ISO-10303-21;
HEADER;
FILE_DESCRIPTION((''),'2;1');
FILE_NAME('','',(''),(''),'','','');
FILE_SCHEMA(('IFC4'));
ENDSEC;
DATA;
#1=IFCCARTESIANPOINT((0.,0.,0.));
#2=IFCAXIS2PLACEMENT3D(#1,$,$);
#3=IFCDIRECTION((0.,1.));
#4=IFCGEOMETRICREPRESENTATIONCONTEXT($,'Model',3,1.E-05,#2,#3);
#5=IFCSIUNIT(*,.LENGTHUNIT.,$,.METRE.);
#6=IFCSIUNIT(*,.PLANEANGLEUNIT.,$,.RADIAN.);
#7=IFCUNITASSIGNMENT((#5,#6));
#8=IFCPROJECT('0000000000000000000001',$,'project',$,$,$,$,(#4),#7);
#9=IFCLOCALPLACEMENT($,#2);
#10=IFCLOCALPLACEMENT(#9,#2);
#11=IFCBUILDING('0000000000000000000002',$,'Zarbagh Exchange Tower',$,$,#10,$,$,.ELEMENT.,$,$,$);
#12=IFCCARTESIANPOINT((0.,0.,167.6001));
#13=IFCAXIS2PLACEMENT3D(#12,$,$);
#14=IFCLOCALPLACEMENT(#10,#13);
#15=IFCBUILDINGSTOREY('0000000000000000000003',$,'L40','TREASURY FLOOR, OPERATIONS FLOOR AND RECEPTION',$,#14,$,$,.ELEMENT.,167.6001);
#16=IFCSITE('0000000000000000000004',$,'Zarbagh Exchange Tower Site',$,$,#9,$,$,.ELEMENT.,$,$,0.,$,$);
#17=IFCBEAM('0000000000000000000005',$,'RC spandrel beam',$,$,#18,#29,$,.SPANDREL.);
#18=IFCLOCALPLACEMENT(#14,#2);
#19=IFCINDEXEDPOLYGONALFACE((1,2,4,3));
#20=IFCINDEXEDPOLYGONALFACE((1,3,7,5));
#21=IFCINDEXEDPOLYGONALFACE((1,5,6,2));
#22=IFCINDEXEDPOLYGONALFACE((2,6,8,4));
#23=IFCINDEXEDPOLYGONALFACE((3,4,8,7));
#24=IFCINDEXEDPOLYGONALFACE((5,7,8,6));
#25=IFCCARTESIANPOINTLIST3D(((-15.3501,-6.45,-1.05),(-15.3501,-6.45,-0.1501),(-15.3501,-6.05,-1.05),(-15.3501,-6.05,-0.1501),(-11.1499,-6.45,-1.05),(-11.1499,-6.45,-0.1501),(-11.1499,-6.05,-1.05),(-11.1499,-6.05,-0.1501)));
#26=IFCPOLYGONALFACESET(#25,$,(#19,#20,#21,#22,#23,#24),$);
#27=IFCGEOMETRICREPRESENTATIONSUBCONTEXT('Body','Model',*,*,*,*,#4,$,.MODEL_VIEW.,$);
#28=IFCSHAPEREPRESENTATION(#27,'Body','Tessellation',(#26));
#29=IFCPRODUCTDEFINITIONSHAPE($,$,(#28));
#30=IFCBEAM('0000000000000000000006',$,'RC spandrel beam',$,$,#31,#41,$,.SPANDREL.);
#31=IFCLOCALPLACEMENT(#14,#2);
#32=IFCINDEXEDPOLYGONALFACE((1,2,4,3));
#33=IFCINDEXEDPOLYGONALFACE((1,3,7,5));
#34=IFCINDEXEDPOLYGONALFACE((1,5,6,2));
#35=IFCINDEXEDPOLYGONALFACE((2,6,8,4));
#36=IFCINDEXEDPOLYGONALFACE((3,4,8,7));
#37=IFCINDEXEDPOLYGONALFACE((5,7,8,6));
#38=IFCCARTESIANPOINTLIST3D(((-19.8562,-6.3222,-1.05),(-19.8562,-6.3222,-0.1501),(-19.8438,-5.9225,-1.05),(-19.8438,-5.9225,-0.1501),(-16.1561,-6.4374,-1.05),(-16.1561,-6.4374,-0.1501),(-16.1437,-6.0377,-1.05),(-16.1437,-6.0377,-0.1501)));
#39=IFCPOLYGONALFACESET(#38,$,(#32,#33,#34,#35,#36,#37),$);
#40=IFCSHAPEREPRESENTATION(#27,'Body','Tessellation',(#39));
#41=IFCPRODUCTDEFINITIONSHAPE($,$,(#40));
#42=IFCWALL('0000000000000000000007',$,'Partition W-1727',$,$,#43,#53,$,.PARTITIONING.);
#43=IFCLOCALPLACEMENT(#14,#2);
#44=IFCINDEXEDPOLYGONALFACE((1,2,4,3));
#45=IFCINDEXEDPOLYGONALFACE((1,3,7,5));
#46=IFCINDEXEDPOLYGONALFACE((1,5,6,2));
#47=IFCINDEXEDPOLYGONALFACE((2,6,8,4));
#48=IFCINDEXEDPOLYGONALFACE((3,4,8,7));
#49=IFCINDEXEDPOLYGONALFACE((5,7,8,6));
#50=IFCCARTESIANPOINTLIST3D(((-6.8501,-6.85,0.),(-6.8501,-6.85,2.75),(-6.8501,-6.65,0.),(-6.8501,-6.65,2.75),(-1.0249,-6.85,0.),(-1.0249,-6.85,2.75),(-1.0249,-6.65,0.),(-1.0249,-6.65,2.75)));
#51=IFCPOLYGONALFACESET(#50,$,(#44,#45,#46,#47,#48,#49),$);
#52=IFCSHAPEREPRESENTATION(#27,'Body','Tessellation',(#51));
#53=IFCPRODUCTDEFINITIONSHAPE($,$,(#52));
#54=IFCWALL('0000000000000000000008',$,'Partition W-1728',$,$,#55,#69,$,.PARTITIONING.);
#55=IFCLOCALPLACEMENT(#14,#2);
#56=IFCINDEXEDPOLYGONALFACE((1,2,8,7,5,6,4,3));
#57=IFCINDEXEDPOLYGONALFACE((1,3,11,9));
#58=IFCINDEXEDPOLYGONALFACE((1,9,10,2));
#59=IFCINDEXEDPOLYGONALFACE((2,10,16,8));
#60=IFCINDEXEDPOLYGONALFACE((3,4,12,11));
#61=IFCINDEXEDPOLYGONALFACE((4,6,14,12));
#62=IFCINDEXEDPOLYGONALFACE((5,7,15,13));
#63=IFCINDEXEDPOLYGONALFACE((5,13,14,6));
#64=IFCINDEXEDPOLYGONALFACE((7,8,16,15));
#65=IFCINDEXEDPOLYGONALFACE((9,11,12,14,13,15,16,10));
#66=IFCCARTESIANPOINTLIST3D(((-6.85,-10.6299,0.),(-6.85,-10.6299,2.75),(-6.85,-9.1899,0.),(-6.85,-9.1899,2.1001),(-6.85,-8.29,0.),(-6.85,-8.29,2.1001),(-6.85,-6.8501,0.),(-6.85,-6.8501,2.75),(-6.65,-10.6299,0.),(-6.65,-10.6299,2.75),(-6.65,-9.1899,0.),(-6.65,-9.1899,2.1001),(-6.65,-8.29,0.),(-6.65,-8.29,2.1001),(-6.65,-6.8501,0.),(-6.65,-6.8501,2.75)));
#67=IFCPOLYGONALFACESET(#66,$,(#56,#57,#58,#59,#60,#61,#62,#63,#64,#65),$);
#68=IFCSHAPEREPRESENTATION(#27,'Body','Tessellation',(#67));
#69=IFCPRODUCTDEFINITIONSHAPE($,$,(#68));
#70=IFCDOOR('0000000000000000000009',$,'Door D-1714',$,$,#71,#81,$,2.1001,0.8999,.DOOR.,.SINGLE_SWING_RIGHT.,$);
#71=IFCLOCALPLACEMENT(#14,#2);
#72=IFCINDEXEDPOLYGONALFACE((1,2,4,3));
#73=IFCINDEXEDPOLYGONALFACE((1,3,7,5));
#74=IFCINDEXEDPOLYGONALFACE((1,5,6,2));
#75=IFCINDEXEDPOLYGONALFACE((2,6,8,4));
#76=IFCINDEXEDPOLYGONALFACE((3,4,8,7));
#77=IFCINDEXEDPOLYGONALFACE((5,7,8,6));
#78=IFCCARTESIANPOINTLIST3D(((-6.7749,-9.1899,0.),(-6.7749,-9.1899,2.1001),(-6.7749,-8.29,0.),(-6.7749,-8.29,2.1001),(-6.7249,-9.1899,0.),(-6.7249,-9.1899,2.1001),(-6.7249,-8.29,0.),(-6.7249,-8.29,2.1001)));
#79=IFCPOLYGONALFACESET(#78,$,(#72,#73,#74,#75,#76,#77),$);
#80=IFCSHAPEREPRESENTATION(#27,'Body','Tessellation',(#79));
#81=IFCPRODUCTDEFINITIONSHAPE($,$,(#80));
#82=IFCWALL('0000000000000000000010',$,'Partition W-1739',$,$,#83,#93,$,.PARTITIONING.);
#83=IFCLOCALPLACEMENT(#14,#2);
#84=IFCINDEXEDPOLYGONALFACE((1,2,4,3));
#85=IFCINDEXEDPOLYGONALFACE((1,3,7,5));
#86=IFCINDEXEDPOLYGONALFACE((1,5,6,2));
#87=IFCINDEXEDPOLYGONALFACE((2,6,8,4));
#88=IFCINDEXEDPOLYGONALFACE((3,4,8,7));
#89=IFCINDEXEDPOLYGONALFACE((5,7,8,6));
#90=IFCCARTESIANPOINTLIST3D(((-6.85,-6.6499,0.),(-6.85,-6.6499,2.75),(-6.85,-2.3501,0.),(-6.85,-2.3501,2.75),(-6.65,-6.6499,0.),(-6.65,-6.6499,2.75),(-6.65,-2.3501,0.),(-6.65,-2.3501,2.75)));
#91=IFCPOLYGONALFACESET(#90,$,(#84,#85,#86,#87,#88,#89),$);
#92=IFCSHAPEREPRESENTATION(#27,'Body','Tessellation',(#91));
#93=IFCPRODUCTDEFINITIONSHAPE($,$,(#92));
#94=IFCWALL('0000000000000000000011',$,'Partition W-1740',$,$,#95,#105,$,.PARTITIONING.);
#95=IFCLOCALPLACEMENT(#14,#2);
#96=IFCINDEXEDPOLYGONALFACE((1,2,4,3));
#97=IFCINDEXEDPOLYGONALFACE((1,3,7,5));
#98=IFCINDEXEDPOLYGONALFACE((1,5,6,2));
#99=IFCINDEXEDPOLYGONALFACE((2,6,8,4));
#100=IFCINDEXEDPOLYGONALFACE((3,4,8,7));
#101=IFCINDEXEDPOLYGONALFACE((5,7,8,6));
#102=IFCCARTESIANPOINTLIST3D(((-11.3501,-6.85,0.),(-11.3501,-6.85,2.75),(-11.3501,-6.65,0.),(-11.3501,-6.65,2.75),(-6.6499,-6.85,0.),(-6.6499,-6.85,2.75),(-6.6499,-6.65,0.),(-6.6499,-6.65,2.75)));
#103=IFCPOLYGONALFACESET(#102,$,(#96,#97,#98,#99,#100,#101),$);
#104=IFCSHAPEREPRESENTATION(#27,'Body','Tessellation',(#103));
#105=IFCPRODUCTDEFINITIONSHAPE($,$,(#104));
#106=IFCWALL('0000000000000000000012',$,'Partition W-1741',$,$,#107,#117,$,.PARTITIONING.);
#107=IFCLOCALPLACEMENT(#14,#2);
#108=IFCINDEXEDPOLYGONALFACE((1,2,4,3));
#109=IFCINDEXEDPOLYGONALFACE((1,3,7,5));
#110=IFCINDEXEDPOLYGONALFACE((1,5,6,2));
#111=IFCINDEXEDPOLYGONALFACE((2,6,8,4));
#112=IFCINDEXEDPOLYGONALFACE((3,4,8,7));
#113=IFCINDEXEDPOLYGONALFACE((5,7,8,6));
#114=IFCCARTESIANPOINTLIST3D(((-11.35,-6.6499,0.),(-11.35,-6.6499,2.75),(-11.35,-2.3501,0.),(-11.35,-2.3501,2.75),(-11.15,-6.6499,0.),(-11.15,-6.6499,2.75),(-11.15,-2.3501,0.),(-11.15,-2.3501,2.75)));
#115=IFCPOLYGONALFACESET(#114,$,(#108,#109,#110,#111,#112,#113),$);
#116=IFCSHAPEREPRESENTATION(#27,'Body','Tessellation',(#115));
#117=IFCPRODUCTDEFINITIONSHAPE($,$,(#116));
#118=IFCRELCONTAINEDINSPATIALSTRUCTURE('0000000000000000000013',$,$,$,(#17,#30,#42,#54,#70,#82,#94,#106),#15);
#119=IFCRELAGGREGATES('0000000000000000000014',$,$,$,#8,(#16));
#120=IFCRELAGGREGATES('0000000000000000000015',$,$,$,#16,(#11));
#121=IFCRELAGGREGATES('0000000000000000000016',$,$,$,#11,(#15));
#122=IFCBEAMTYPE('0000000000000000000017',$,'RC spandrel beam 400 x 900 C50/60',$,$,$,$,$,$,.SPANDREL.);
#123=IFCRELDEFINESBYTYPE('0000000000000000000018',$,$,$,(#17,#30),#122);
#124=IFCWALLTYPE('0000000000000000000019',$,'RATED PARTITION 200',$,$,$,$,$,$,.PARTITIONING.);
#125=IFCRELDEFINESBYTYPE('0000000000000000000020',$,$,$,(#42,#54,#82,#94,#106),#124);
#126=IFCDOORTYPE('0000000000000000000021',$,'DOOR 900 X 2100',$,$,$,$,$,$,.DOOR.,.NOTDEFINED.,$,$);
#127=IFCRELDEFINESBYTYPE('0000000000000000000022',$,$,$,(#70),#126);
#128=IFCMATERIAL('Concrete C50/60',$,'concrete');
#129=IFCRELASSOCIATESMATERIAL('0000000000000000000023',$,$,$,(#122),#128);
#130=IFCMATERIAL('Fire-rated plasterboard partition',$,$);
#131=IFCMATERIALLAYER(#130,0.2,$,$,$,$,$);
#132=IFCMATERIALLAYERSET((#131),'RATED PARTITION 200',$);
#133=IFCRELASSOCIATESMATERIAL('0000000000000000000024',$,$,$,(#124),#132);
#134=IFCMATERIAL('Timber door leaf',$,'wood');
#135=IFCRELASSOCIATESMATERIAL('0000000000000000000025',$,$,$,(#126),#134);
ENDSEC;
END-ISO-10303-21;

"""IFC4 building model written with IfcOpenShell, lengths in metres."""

from ifc_helpers import new_model, si_unit, direction, frame, frame_2d, origin, origin_2d, place, context, subcontext, project, spatial, rectangle, extrude, material, layer, layer_set, material_profile, profile_set, type_object, element, fill, save


model = new_model("IFC4")

# Units and contexts
model_context = context("Model", 3, precision=1e-05, world=origin(), true_north=direction((0.0, 1.0)))
body_context = subcontext(model_context, "Body", "Model", "MODEL_VIEW")
ifc_project = project(units=[si_unit("LENGTHUNIT", "METRE"), si_unit("PLANEANGLEUNIT", "RADIAN")], contexts=[model_context])

# Site, building, storey
site_placement = place(None, origin())
site = spatial("IfcSite", under=ifc_project, at=site_placement, Name="Zarbagh Exchange Tower Site", CompositionType="ELEMENT", RefElevation=0.0)
building_placement = place(site_placement, origin())
building = spatial("IfcBuilding", under=site, at=building_placement, Name="Zarbagh Exchange Tower", CompositionType="ELEMENT")
storey_placement = place(building_placement, frame((0.0, 0.0, 167.6001)))
storey = spatial("IfcBuildingStorey", under=building, at=storey_placement, Name="L40", Description="TREASURY FLOOR, OPERATIONS FLOOR AND RECEPTION", CompositionType="ELEMENT", Elevation=167.6001)

# Shared definitions
ifc_material_1 = material(Name="Concrete C50/60", Category="concrete")

# Beams
ifc_material_profile_1 = material_profile(ifc_material_1, rectangle(XDim=0.3999, YDim=0.8999, at=origin_2d()), Name="RC spandrel beam 400 x 900 C50/60")
ifc_profile_set_1 = profile_set([ifc_material_profile_1], Name="Concrete C50/60")
beam_type_1 = type_object("IfcBeamType", Name="RC spandrel beam 400 x 900 C50/60", PredefinedType="SPANDREL", material=ifc_profile_set_1)
beam_1_placement = place(storey_placement, frame((-11.1499, -6.25, -0.6001), z_axis=(-1.0, 0.0, 0.0), x_axis=(0.0, -1.0, 0.0)))
element("IfcBeam", 1, at=beam_1_placement, inside=storey, type_object=beam_type_1, Name="RC spandrel beam", PredefinedType="SPANDREL", context=body_context, shape_type="SweptSolid", body=[
    extrude(rectangle(XDim=0.3999, YDim=0.8999, at=origin_2d()), origin(), (0.0, 0.0, 1.0), 4.2002),
])
beam_2_placement = place(storey_placement, frame((-16.1499, -6.2375, -0.6001), z_axis=(-0.999515, 0.031128, 0.0), x_axis=(-0.031128, -0.999515, 0.0)))
element("IfcBeam", 2, at=beam_2_placement, inside=storey, type_object=beam_type_1, Name="RC spandrel beam", PredefinedType="SPANDREL", context=body_context, shape_type="SweptSolid", body=[
    extrude(rectangle(XDim=0.3999, YDim=0.8999, at=origin_2d()), origin(), (0.0, 0.0, 1.0), 3.7019),
])

# Wall
ifc_material_2 = material(Name="Fire-rated plasterboard partition")
ifc_layer = layer(ifc_material_2, 0.2)
ifc_layer_set = layer_set([ifc_layer], Name="RATED PARTITION 200")
wall_type = type_object("IfcWallType", Name="RATED PARTITION 200", PredefinedType="PARTITIONING", material=ifc_layer_set)
wall_1_placement = place(storey_placement, frame((-6.8501, -6.75, 0.0), z_axis=(0.0, 0.0, 1.0), x_axis=(1.0, 0.0, 0.0)))
element("IfcWall", 3, at=wall_1_placement, inside=storey, type_object=wall_type, Name="Partition W-1727", PredefinedType="PARTITIONING", context=body_context, shape_type="SweptSolid", body=[
    extrude(rectangle(XDim=5.8252, YDim=0.2, at=frame_2d((2.9126, 0.0))), origin(), (0.0, 0.0, 1.0), 2.75),
])

# Wall, opening, door
wall_2_placement = place(storey_placement, frame((-6.75, -10.6299, 0.0), z_axis=(0.0, 0.0, 1.0), x_axis=(0.0, 1.0, 0.0)))
wall_2 = element("IfcWall", 4, at=wall_2_placement, inside=storey, type_object=wall_type, Name="Partition W-1728", PredefinedType="PARTITIONING", context=body_context, shape_type="SweptSolid", body=[
    extrude(rectangle(XDim=3.7798, YDim=0.2, at=frame_2d((1.8899, 0.0))), origin(), (0.0, 0.0, 1.0), 2.75),
])
opening_placement = place(wall_2_placement, frame((1.4399, 0.0, 0.0)))
opening = element("IfcOpeningElement", 5, at=opening_placement, cuts=wall_2, PredefinedType="OPENING", context=body_context, shape_type="SweptSolid", body=[
    extrude(rectangle(XDim=0.8999, YDim=2.1001, at=frame_2d((0.45, 1.05))), frame((0.0, 0.1099, 0.0), z_axis=(0.0, -1.0, 0.0), x_axis=(1.0, 0.0, 0.0)), (0.0, 0.0, 1.0), 0.22),
])
ifc_material_3 = material(Name="Timber door leaf", Category="wood")
door_type = type_object("IfcDoorType", Name="DOOR 900 X 2100", OperationType="NOTDEFINED", PredefinedType="DOOR", material=ifc_material_3)
door_placement = place(opening_placement, origin())
door = element("IfcDoor", 6, at=door_placement, inside=storey, type_object=door_type, Name="Door D-1714", OperationType="SINGLE_SWING_RIGHT", OverallHeight=2.1001, OverallWidth=0.8999, PredefinedType="DOOR", context=body_context, shape_type="SweptSolid", body=[
    extrude(rectangle(XDim=0.8999, YDim=2.1001, at=frame_2d((0.45, 1.05))), frame((0.0, 0.0249, 0.0), z_axis=(0.0, -1.0, 0.0), x_axis=(1.0, 0.0, 0.0)), (0.0, 0.0, 1.0), 0.05),
])
fill(opening, door)

# Walls
wall_3_placement = place(storey_placement, frame((-6.75, -6.6499, 0.0), z_axis=(0.0, 0.0, 1.0), x_axis=(0.0, 1.0, 0.0)))
element("IfcWall", 7, at=wall_3_placement, inside=storey, type_object=wall_type, Name="Partition W-1739", PredefinedType="PARTITIONING", context=body_context, shape_type="SweptSolid", body=[
    extrude(rectangle(XDim=4.2998, YDim=0.2, at=frame_2d((2.1499, 0.0))), origin(), (0.0, 0.0, 1.0), 2.75),
])
wall_4_placement = place(storey_placement, frame((-11.3501, -6.75, 0.0), z_axis=(0.0, 0.0, 1.0), x_axis=(1.0, 0.0, 0.0)))
element("IfcWall", 8, at=wall_4_placement, inside=storey, type_object=wall_type, Name="Partition W-1740", PredefinedType="PARTITIONING", context=body_context, shape_type="SweptSolid", body=[
    extrude(rectangle(XDim=4.7002, YDim=0.2, at=frame_2d((2.3501, 0.0))), origin(), (0.0, 0.0, 1.0), 2.75),
])
wall_5_placement = place(storey_placement, frame((-11.25, -6.6499, 0.0), z_axis=(0.0, 0.0, 1.0), x_axis=(0.0, 1.0, 0.0)))
element("IfcWall", 9, at=wall_5_placement, inside=storey, type_object=wall_type, Name="Partition W-1741", PredefinedType="PARTITIONING", context=body_context, shape_type="SweptSolid", body=[
    extrude(rectangle(XDim=4.2998, YDim=0.2, at=frame_2d((2.1499, 0.0))), origin(), (0.0, 0.0, 1.0), 2.75),
])

save(model, "model.ifc")
